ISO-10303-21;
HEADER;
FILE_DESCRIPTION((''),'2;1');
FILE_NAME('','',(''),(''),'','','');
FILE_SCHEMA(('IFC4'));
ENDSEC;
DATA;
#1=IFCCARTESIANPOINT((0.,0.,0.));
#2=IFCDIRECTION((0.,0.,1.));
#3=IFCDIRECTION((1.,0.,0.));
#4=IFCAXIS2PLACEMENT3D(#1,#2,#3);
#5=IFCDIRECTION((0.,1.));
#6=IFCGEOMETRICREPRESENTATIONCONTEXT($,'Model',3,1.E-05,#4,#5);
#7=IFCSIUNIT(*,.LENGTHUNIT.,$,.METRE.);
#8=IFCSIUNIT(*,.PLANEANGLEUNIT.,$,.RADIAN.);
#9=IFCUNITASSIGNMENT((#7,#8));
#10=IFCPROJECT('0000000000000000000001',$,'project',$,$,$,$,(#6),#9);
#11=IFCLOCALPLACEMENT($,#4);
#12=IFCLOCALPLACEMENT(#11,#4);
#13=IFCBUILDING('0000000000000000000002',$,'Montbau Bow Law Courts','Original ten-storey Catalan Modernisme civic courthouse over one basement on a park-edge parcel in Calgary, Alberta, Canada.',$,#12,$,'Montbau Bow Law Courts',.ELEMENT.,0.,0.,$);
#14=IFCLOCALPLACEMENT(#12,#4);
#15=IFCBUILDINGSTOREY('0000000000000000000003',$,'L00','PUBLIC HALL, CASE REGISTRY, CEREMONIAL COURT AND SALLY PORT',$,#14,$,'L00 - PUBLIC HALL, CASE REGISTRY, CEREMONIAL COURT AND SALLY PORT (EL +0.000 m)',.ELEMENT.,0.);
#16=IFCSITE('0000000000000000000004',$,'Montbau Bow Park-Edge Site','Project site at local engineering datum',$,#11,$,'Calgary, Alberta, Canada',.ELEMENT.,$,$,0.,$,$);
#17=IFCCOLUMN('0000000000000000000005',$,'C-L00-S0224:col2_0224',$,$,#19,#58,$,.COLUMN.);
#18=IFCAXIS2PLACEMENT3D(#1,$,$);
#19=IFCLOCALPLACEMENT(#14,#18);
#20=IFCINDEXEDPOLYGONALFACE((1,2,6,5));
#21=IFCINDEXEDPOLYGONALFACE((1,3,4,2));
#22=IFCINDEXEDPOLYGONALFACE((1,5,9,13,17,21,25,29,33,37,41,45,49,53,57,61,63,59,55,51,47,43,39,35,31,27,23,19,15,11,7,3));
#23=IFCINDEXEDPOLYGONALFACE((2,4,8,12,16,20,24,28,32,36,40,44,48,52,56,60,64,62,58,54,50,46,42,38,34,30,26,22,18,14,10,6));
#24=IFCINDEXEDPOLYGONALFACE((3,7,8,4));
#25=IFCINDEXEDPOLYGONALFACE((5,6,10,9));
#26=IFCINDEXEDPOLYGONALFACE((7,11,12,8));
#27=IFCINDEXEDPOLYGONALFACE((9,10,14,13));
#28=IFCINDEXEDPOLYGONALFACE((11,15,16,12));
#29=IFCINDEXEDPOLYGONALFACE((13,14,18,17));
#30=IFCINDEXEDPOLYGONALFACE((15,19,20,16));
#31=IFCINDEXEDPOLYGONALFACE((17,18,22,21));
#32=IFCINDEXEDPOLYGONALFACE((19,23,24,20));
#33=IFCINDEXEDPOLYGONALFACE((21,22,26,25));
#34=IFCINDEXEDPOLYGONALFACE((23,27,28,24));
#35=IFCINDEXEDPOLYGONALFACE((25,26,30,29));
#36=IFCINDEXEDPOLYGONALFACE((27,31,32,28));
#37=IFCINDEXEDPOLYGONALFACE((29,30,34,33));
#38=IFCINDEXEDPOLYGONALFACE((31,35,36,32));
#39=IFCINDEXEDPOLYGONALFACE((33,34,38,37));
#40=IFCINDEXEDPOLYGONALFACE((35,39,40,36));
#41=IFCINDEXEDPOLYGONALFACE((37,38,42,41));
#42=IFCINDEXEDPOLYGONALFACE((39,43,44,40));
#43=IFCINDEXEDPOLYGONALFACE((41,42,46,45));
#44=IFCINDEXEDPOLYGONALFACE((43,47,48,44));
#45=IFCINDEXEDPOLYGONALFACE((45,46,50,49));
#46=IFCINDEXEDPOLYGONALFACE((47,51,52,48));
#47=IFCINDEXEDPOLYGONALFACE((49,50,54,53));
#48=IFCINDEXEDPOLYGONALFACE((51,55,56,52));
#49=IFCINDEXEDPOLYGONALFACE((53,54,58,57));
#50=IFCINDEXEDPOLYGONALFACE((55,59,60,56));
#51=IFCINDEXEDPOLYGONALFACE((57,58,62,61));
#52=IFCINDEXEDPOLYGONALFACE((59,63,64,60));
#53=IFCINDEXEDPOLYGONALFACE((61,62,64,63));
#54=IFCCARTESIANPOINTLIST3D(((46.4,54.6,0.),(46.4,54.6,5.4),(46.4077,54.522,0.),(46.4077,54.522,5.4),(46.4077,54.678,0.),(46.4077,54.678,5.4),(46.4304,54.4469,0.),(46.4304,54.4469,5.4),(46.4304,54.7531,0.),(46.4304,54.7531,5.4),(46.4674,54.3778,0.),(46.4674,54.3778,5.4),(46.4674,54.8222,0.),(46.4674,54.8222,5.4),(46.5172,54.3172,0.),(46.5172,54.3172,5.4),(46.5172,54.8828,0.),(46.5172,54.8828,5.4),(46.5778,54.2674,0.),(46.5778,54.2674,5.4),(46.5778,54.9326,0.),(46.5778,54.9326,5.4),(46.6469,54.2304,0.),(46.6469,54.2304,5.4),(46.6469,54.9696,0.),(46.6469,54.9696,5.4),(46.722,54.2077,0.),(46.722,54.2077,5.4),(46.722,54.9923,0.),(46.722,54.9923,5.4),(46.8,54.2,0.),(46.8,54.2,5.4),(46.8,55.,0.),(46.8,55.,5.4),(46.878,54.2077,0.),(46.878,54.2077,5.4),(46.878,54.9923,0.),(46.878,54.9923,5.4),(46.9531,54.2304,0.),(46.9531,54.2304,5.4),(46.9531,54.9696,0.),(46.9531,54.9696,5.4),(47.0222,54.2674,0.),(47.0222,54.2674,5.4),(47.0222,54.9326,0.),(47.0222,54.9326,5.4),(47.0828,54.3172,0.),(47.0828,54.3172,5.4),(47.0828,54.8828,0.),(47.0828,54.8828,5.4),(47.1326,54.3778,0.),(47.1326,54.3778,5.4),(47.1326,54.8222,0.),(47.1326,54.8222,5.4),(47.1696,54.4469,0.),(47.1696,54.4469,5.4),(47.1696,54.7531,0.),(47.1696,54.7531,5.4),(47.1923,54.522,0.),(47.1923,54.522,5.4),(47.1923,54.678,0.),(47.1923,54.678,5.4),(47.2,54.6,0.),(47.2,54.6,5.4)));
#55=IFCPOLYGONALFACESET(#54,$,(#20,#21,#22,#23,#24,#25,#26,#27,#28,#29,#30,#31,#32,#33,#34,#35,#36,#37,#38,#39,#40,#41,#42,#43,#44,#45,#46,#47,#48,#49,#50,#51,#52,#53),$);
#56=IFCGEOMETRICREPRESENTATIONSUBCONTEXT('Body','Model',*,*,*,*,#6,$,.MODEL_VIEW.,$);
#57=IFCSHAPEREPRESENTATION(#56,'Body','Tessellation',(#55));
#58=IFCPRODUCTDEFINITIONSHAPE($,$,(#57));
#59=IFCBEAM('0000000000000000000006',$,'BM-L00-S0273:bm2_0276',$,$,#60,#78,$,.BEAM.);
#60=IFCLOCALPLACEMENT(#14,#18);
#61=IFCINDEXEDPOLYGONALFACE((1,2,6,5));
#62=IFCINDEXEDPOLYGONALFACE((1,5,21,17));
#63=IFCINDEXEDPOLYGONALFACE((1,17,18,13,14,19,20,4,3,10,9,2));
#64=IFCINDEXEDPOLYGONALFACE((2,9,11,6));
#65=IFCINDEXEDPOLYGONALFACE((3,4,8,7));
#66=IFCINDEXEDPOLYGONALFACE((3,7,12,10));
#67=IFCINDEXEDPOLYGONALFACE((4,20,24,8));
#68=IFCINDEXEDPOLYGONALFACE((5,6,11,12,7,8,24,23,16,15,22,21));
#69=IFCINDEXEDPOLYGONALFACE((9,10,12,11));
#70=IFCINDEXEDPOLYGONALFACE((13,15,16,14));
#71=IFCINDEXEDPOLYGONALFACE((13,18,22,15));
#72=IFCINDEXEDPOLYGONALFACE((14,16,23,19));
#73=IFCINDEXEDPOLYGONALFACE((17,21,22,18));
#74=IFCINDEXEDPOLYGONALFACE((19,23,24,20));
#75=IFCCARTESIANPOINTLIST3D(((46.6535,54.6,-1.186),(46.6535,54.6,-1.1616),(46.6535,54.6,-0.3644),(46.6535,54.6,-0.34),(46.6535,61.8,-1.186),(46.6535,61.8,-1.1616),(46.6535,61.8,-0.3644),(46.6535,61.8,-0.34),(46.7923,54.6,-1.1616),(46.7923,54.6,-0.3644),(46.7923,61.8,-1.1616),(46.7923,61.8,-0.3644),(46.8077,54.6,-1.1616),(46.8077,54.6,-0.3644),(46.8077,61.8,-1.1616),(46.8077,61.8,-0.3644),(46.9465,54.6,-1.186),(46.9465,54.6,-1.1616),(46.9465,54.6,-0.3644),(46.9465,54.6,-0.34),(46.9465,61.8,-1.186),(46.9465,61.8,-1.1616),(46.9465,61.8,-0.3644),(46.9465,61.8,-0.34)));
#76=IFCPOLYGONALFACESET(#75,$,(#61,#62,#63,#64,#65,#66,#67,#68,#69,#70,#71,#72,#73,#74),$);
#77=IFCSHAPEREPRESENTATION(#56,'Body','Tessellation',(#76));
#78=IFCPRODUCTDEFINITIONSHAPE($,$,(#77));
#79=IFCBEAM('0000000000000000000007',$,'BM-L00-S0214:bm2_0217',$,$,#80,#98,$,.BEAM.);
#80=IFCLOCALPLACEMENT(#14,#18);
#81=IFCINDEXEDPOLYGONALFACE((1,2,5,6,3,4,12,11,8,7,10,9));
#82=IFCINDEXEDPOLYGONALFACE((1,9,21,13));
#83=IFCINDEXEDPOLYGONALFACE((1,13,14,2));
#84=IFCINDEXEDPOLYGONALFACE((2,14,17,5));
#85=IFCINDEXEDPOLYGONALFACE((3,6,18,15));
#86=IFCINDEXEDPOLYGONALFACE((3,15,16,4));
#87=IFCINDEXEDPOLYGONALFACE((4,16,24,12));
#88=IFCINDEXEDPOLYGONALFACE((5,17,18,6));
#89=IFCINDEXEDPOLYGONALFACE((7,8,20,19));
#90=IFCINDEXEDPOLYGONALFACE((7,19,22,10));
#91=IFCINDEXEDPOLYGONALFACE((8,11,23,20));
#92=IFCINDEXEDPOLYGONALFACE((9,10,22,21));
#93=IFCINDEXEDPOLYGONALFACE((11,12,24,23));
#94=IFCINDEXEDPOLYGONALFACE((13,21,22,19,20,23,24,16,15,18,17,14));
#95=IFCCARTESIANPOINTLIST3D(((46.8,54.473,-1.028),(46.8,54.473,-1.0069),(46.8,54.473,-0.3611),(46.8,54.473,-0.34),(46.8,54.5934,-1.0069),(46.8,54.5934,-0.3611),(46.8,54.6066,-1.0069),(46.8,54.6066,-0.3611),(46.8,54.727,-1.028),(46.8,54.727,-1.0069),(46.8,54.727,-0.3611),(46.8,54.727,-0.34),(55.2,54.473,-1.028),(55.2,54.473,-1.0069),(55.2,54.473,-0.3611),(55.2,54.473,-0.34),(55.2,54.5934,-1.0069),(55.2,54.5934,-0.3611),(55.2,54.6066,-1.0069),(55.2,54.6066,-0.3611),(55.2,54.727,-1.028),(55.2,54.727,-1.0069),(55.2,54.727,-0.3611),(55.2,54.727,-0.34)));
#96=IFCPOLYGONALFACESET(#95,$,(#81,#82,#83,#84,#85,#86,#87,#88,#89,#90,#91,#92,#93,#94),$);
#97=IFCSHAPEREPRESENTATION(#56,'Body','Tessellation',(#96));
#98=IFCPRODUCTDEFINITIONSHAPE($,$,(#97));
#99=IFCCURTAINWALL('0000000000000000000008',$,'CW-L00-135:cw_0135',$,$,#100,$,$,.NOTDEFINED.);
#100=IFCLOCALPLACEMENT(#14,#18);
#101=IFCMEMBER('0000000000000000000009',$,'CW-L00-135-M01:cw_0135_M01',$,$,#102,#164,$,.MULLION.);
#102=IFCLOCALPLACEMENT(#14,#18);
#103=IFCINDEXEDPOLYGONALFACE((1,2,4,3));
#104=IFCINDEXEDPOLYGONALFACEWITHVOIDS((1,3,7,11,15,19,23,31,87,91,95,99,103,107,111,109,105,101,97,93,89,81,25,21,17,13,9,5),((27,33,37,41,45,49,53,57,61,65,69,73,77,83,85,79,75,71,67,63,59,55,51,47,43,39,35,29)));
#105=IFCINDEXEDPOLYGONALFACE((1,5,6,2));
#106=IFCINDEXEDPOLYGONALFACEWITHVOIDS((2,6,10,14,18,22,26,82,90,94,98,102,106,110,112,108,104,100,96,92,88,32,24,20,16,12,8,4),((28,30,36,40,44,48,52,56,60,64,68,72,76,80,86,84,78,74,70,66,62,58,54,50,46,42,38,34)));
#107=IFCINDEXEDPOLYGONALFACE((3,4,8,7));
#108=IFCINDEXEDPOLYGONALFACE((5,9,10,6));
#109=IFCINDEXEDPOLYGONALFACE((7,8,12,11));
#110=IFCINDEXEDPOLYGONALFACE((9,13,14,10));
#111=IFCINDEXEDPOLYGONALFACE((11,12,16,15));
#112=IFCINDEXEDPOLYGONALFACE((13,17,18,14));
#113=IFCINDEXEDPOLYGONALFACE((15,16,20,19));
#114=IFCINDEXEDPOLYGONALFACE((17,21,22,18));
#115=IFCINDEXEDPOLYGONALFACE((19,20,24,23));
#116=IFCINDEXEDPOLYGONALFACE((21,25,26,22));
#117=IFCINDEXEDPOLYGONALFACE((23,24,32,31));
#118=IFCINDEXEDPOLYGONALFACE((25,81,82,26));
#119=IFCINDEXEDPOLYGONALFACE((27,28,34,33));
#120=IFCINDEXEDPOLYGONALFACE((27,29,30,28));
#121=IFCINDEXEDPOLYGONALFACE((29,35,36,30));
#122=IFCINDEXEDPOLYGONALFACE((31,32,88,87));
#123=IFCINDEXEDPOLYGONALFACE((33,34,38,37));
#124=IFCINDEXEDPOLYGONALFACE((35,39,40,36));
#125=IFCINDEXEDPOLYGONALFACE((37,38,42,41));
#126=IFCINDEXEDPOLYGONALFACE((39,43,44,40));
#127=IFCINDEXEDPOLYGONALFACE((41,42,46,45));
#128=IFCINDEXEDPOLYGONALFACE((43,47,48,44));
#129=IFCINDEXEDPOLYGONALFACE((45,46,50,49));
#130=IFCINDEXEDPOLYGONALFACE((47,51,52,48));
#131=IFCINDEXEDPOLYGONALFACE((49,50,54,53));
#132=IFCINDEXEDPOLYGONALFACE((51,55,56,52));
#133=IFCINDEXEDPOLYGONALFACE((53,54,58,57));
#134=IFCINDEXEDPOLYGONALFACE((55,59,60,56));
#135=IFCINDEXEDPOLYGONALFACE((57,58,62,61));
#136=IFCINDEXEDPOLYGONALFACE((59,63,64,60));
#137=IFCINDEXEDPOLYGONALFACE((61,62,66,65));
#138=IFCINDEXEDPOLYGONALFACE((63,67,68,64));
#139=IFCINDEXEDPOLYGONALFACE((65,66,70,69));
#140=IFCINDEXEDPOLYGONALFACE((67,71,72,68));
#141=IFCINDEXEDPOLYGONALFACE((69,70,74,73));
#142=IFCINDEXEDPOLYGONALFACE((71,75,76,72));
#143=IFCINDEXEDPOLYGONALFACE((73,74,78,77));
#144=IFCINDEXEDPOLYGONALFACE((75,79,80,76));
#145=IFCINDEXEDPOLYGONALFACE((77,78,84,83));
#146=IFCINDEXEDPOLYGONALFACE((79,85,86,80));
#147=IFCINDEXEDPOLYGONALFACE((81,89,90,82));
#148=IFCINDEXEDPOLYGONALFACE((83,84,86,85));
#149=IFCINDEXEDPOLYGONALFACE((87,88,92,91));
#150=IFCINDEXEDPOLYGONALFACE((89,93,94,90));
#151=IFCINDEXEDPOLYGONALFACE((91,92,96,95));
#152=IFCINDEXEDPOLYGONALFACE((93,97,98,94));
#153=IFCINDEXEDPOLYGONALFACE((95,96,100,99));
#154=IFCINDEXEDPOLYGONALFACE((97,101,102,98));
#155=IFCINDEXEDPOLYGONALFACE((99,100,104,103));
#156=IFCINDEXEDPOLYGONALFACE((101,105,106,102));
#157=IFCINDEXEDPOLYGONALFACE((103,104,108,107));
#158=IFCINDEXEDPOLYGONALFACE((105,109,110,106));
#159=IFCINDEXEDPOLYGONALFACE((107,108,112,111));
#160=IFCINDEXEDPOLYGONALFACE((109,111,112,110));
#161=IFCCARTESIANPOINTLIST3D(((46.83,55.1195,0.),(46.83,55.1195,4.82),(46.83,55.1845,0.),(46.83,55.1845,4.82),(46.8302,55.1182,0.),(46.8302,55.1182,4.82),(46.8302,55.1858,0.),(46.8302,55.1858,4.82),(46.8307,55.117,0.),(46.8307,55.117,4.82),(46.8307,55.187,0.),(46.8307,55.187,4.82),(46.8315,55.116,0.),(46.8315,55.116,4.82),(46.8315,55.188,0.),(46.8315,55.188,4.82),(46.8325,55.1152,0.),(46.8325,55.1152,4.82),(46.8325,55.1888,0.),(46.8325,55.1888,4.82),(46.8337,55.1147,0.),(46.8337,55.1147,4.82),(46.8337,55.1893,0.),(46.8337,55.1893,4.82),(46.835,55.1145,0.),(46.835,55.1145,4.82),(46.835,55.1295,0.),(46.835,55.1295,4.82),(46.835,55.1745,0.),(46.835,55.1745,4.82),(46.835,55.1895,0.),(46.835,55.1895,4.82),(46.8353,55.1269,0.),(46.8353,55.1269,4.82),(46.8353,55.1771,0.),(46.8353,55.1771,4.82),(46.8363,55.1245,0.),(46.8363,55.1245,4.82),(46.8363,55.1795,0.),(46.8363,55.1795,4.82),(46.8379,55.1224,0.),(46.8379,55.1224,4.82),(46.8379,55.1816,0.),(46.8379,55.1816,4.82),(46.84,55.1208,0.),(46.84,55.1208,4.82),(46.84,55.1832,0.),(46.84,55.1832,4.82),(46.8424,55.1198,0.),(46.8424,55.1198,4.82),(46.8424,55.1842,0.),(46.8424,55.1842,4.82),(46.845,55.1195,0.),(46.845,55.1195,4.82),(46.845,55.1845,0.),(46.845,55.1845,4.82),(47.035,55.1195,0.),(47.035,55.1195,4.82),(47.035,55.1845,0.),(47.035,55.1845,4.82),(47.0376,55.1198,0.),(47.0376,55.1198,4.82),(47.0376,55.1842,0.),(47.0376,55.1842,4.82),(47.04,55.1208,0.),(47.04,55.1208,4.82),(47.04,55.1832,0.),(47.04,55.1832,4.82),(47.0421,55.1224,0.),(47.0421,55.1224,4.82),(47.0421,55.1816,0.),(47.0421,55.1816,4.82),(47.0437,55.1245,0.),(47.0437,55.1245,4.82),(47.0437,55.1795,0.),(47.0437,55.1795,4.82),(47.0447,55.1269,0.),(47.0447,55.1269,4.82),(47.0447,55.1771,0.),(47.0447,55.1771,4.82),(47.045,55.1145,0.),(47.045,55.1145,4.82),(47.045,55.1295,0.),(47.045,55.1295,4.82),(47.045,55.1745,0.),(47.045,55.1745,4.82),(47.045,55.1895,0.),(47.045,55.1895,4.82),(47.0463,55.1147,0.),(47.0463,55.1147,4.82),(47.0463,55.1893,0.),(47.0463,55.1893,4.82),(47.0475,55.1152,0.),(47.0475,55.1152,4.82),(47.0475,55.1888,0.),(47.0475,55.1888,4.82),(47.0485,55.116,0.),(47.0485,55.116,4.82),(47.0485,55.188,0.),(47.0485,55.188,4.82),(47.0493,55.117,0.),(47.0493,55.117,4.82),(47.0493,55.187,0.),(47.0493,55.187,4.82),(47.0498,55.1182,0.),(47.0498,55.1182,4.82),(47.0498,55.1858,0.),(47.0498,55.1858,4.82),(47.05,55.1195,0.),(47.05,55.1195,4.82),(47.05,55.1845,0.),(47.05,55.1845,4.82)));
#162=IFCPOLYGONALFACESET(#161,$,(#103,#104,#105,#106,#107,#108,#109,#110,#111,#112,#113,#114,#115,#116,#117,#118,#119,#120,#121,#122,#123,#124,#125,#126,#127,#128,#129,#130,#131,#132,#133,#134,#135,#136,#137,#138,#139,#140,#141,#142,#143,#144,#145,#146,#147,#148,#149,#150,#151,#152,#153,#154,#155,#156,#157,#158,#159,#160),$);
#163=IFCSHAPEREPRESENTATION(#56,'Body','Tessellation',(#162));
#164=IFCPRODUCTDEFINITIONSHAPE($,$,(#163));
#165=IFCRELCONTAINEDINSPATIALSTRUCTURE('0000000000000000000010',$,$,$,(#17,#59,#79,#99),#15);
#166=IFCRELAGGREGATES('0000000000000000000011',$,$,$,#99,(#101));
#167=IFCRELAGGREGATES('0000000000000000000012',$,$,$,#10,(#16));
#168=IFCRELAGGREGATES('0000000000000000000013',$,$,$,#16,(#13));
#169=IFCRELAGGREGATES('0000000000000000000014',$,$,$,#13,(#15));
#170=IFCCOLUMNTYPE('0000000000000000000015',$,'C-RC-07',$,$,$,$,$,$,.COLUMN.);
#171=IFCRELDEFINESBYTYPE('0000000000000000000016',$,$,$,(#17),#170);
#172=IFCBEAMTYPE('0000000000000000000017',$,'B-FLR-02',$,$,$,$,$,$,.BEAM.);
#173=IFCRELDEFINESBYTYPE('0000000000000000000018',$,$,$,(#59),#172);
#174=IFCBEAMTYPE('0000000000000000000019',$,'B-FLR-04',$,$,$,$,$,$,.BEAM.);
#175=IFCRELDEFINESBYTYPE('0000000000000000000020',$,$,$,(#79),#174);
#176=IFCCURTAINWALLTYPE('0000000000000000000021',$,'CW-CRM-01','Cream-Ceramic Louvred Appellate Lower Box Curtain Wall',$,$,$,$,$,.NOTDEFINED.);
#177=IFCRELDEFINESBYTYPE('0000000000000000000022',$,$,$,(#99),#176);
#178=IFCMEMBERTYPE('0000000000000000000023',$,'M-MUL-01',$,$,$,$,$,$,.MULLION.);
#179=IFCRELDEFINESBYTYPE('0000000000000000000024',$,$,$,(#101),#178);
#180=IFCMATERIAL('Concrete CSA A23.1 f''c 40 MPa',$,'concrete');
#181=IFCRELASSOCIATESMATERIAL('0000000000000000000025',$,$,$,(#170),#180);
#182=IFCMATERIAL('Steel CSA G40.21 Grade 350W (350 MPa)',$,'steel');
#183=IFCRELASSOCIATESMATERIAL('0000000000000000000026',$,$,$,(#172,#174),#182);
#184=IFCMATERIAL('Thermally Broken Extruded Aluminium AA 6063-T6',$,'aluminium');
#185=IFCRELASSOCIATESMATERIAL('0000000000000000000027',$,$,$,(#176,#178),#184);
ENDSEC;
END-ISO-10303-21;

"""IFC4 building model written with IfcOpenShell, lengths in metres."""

from ifc_helpers import new_model, si_unit, direction, frame, origin_with_axes, origin_2d_with_axis, place, context, subcontext, project, spatial, hollow_rectangle, circle, i_section, extrude, material, material_profile, profile_set, type_object, element, aggregate, save


model = new_model("IFC4")

# Units and contexts
model_context = context("Model", 3, precision=1e-05, world=origin_with_axes(), true_north=direction((0.0, 1.0)))
body_context = subcontext(model_context, "Body", "Model", "MODEL_VIEW")
ifc_project = project(units=[si_unit("LENGTHUNIT", "METRE"), si_unit("PLANEANGLEUNIT", "RADIAN")], contexts=[model_context])

# Site, building, storey
site_placement = place(None, origin_with_axes())
site = spatial("IfcSite", under=ifc_project, at=site_placement, Name="Montbau Bow Park-Edge Site", Description="Project site at local engineering datum", LongName="Calgary, Alberta, Canada", CompositionType="ELEMENT", RefElevation=0.0)
building_placement = place(site_placement, origin_with_axes())
building = spatial("IfcBuilding", under=site, at=building_placement, Name="Montbau Bow Law Courts", Description="Original ten-storey Catalan Modernisme civic courthouse over one basement on a park-edge parcel in Calgary, Alberta, Canada.", LongName="Montbau Bow Law Courts", CompositionType="ELEMENT", ElevationOfRefHeight=0.0, ElevationOfTerrain=0.0)
storey_placement = place(building_placement, origin_with_axes())
storey = spatial("IfcBuildingStorey", under=building, at=storey_placement, Name="L00", Description="PUBLIC HALL, CASE REGISTRY, CEREMONIAL COURT AND SALLY PORT", LongName="L00 - PUBLIC HALL, CASE REGISTRY, CEREMONIAL COURT AND SALLY PORT (EL +0.000 m)", CompositionType="ELEMENT", Elevation=0.0)

# Column
ifc_material_1 = material(Name="Concrete CSA A23.1 f'c 40 MPa", Category="concrete")
ifc_material_profile_1 = material_profile(ifc_material_1, circle(Radius=0.4, at=origin_2d_with_axis()), Name="RC800D", Category="Main", Priority=0)
ifc_profile_set_1 = profile_set([ifc_material_profile_1], Name="Concrete CSA A23.1 f'c 40 MPa")
column_type = type_object("IfcColumnType", Name="C-RC-07", PredefinedType="COLUMN", material=ifc_profile_set_1)
column_placement = place(None, frame((46.8, 54.6, 0.0), z_axis=(0.0, 0.0, 1.0), x_axis=(1.0, 0.0, 0.0)))
element("IfcColumn", 1, at=column_placement, inside=storey, type_object=column_type, Name="C-L00-S0224:col2_0224", PredefinedType="COLUMN", context=body_context, shape_type="SweptSolid", body=[
    extrude(circle(Radius=0.4, at=origin_2d_with_axis()), origin_with_axes(), (0.0, 0.0, 1.0), 5.4),
])

# Beams
ifc_material_2 = material(Name="Steel CSA G40.21 Grade 350W (350 MPa)", Category="steel")
ifc_material_profile_2 = material_profile(ifc_material_2, i_section(OverallWidth=0.293, OverallDepth=0.846, WebThickness=0.0154, FlangeThickness=0.0244, at=origin_2d_with_axis()), Name="W840X210", Category="Main", Priority=0)
ifc_profile_set_2 = profile_set([ifc_material_profile_2], Name="Steel CSA G40.21 Grade 350W (350 MPa)")
beam_type_1 = type_object("IfcBeamType", Name="B-FLR-02", PredefinedType="BEAM", material=ifc_profile_set_2)
beam_1_placement = place(None, frame((46.8, 54.6, -0.763), z_axis=(0.0, 1.0, 0.0), x_axis=(-1.0, 0.0, 0.0)))
element("IfcBeam", 2, at=beam_1_placement, inside=storey, type_object=beam_type_1, Name="BM-L00-S0273:bm2_0276", PredefinedType="BEAM", context=body_context, shape_type="SweptSolid", body=[
    extrude(i_section(OverallWidth=0.293, OverallDepth=0.846, WebThickness=0.0154, FlangeThickness=0.0244, at=origin_2d_with_axis()), origin_with_axes(), (0.0, 0.0, 1.0), 7.2),
])
ifc_material_profile_3 = material_profile(ifc_material_2, i_section(OverallWidth=0.254, OverallDepth=0.688, WebThickness=0.0131, FlangeThickness=0.0211, at=origin_2d_with_axis()), Name="W690X152", Category="Main", Priority=0)
ifc_profile_set_3 = profile_set([ifc_material_profile_3], Name="Steel CSA G40.21 Grade 350W (350 MPa)")
beam_type_2 = type_object("IfcBeamType", Name="B-FLR-04", PredefinedType="BEAM", material=ifc_profile_set_3)
beam_2_placement = place(None, frame((46.8, 54.6, -0.684), z_axis=(1.0, 0.0, 0.0), x_axis=(0.0, 1.0, 0.0)))
element("IfcBeam", 3, at=beam_2_placement, inside=storey, type_object=beam_type_2, Name="BM-L00-S0214:bm2_0217", PredefinedType="BEAM", context=body_context, shape_type="SweptSolid", body=[
    extrude(i_section(OverallWidth=0.254, OverallDepth=0.688, WebThickness=0.0131, FlangeThickness=0.0211, at=origin_2d_with_axis()), origin_with_axes(), (0.0, 0.0, 1.0), 8.4),
])

# Curtain wall, member
ifc_material_3 = material(Name="Thermally Broken Extruded Aluminium AA 6063-T6", Category="aluminium")
curtain_wall_type_1 = type_object("IfcCurtainWallType", Name="CW-CRM-01", Description="Cream-Ceramic Louvred Appellate Lower Box Curtain Wall", PredefinedType="NOTDEFINED", material=ifc_material_3)
curtain_wall_1_placement = place(None, frame((46.94, 55.115, 0.0), z_axis=(0.0, 0.0, 1.0), x_axis=(1.0, 0.0, 0.0)))
curtain_wall_1 = element("IfcCurtainWall", 4, at=curtain_wall_1_placement, inside=storey, type_object=curtain_wall_type_1, Name="CW-L00-135:cw_0135", PredefinedType="NOTDEFINED")
ifc_material_profile_4 = material_profile(ifc_material_3, hollow_rectangle(XDim=0.075, YDim=0.22, WallThickness=0.005, InnerFilletRadius=0.01, OuterFilletRadius=0.005, at=origin_2d_with_axis()), Name="CWM-220X75", Category="Main", Priority=0)
ifc_profile_set_4 = profile_set([ifc_material_profile_4], Name="Thermally Broken Extruded Aluminium AA 6063-T6")
member_type_1 = type_object("IfcMemberType", Name="M-MUL-01", PredefinedType="MULLION", material=ifc_profile_set_4)
member_1_placement = place(None, frame((46.94, 55.152, 0.0), z_axis=(0.0, 0.0, 1.0), x_axis=(0.0, 1.0, 0.0)))
member_1 = element("IfcMember", 5, at=member_1_placement, type_object=member_type_1, Name="CW-L00-135-M01:cw_0135_M01", PredefinedType="MULLION", context=body_context, shape_type="SweptSolid", body=[
    extrude(hollow_rectangle(XDim=0.075, YDim=0.22, WallThickness=0.005, InnerFilletRadius=0.01, OuterFilletRadius=0.005, at=origin_2d_with_axis()), origin_with_axes(), (0.0, 0.0, 1.0), 4.82),
])

aggregate(curtain_wall_1, [member_1])

save(model, "model.ifc")
